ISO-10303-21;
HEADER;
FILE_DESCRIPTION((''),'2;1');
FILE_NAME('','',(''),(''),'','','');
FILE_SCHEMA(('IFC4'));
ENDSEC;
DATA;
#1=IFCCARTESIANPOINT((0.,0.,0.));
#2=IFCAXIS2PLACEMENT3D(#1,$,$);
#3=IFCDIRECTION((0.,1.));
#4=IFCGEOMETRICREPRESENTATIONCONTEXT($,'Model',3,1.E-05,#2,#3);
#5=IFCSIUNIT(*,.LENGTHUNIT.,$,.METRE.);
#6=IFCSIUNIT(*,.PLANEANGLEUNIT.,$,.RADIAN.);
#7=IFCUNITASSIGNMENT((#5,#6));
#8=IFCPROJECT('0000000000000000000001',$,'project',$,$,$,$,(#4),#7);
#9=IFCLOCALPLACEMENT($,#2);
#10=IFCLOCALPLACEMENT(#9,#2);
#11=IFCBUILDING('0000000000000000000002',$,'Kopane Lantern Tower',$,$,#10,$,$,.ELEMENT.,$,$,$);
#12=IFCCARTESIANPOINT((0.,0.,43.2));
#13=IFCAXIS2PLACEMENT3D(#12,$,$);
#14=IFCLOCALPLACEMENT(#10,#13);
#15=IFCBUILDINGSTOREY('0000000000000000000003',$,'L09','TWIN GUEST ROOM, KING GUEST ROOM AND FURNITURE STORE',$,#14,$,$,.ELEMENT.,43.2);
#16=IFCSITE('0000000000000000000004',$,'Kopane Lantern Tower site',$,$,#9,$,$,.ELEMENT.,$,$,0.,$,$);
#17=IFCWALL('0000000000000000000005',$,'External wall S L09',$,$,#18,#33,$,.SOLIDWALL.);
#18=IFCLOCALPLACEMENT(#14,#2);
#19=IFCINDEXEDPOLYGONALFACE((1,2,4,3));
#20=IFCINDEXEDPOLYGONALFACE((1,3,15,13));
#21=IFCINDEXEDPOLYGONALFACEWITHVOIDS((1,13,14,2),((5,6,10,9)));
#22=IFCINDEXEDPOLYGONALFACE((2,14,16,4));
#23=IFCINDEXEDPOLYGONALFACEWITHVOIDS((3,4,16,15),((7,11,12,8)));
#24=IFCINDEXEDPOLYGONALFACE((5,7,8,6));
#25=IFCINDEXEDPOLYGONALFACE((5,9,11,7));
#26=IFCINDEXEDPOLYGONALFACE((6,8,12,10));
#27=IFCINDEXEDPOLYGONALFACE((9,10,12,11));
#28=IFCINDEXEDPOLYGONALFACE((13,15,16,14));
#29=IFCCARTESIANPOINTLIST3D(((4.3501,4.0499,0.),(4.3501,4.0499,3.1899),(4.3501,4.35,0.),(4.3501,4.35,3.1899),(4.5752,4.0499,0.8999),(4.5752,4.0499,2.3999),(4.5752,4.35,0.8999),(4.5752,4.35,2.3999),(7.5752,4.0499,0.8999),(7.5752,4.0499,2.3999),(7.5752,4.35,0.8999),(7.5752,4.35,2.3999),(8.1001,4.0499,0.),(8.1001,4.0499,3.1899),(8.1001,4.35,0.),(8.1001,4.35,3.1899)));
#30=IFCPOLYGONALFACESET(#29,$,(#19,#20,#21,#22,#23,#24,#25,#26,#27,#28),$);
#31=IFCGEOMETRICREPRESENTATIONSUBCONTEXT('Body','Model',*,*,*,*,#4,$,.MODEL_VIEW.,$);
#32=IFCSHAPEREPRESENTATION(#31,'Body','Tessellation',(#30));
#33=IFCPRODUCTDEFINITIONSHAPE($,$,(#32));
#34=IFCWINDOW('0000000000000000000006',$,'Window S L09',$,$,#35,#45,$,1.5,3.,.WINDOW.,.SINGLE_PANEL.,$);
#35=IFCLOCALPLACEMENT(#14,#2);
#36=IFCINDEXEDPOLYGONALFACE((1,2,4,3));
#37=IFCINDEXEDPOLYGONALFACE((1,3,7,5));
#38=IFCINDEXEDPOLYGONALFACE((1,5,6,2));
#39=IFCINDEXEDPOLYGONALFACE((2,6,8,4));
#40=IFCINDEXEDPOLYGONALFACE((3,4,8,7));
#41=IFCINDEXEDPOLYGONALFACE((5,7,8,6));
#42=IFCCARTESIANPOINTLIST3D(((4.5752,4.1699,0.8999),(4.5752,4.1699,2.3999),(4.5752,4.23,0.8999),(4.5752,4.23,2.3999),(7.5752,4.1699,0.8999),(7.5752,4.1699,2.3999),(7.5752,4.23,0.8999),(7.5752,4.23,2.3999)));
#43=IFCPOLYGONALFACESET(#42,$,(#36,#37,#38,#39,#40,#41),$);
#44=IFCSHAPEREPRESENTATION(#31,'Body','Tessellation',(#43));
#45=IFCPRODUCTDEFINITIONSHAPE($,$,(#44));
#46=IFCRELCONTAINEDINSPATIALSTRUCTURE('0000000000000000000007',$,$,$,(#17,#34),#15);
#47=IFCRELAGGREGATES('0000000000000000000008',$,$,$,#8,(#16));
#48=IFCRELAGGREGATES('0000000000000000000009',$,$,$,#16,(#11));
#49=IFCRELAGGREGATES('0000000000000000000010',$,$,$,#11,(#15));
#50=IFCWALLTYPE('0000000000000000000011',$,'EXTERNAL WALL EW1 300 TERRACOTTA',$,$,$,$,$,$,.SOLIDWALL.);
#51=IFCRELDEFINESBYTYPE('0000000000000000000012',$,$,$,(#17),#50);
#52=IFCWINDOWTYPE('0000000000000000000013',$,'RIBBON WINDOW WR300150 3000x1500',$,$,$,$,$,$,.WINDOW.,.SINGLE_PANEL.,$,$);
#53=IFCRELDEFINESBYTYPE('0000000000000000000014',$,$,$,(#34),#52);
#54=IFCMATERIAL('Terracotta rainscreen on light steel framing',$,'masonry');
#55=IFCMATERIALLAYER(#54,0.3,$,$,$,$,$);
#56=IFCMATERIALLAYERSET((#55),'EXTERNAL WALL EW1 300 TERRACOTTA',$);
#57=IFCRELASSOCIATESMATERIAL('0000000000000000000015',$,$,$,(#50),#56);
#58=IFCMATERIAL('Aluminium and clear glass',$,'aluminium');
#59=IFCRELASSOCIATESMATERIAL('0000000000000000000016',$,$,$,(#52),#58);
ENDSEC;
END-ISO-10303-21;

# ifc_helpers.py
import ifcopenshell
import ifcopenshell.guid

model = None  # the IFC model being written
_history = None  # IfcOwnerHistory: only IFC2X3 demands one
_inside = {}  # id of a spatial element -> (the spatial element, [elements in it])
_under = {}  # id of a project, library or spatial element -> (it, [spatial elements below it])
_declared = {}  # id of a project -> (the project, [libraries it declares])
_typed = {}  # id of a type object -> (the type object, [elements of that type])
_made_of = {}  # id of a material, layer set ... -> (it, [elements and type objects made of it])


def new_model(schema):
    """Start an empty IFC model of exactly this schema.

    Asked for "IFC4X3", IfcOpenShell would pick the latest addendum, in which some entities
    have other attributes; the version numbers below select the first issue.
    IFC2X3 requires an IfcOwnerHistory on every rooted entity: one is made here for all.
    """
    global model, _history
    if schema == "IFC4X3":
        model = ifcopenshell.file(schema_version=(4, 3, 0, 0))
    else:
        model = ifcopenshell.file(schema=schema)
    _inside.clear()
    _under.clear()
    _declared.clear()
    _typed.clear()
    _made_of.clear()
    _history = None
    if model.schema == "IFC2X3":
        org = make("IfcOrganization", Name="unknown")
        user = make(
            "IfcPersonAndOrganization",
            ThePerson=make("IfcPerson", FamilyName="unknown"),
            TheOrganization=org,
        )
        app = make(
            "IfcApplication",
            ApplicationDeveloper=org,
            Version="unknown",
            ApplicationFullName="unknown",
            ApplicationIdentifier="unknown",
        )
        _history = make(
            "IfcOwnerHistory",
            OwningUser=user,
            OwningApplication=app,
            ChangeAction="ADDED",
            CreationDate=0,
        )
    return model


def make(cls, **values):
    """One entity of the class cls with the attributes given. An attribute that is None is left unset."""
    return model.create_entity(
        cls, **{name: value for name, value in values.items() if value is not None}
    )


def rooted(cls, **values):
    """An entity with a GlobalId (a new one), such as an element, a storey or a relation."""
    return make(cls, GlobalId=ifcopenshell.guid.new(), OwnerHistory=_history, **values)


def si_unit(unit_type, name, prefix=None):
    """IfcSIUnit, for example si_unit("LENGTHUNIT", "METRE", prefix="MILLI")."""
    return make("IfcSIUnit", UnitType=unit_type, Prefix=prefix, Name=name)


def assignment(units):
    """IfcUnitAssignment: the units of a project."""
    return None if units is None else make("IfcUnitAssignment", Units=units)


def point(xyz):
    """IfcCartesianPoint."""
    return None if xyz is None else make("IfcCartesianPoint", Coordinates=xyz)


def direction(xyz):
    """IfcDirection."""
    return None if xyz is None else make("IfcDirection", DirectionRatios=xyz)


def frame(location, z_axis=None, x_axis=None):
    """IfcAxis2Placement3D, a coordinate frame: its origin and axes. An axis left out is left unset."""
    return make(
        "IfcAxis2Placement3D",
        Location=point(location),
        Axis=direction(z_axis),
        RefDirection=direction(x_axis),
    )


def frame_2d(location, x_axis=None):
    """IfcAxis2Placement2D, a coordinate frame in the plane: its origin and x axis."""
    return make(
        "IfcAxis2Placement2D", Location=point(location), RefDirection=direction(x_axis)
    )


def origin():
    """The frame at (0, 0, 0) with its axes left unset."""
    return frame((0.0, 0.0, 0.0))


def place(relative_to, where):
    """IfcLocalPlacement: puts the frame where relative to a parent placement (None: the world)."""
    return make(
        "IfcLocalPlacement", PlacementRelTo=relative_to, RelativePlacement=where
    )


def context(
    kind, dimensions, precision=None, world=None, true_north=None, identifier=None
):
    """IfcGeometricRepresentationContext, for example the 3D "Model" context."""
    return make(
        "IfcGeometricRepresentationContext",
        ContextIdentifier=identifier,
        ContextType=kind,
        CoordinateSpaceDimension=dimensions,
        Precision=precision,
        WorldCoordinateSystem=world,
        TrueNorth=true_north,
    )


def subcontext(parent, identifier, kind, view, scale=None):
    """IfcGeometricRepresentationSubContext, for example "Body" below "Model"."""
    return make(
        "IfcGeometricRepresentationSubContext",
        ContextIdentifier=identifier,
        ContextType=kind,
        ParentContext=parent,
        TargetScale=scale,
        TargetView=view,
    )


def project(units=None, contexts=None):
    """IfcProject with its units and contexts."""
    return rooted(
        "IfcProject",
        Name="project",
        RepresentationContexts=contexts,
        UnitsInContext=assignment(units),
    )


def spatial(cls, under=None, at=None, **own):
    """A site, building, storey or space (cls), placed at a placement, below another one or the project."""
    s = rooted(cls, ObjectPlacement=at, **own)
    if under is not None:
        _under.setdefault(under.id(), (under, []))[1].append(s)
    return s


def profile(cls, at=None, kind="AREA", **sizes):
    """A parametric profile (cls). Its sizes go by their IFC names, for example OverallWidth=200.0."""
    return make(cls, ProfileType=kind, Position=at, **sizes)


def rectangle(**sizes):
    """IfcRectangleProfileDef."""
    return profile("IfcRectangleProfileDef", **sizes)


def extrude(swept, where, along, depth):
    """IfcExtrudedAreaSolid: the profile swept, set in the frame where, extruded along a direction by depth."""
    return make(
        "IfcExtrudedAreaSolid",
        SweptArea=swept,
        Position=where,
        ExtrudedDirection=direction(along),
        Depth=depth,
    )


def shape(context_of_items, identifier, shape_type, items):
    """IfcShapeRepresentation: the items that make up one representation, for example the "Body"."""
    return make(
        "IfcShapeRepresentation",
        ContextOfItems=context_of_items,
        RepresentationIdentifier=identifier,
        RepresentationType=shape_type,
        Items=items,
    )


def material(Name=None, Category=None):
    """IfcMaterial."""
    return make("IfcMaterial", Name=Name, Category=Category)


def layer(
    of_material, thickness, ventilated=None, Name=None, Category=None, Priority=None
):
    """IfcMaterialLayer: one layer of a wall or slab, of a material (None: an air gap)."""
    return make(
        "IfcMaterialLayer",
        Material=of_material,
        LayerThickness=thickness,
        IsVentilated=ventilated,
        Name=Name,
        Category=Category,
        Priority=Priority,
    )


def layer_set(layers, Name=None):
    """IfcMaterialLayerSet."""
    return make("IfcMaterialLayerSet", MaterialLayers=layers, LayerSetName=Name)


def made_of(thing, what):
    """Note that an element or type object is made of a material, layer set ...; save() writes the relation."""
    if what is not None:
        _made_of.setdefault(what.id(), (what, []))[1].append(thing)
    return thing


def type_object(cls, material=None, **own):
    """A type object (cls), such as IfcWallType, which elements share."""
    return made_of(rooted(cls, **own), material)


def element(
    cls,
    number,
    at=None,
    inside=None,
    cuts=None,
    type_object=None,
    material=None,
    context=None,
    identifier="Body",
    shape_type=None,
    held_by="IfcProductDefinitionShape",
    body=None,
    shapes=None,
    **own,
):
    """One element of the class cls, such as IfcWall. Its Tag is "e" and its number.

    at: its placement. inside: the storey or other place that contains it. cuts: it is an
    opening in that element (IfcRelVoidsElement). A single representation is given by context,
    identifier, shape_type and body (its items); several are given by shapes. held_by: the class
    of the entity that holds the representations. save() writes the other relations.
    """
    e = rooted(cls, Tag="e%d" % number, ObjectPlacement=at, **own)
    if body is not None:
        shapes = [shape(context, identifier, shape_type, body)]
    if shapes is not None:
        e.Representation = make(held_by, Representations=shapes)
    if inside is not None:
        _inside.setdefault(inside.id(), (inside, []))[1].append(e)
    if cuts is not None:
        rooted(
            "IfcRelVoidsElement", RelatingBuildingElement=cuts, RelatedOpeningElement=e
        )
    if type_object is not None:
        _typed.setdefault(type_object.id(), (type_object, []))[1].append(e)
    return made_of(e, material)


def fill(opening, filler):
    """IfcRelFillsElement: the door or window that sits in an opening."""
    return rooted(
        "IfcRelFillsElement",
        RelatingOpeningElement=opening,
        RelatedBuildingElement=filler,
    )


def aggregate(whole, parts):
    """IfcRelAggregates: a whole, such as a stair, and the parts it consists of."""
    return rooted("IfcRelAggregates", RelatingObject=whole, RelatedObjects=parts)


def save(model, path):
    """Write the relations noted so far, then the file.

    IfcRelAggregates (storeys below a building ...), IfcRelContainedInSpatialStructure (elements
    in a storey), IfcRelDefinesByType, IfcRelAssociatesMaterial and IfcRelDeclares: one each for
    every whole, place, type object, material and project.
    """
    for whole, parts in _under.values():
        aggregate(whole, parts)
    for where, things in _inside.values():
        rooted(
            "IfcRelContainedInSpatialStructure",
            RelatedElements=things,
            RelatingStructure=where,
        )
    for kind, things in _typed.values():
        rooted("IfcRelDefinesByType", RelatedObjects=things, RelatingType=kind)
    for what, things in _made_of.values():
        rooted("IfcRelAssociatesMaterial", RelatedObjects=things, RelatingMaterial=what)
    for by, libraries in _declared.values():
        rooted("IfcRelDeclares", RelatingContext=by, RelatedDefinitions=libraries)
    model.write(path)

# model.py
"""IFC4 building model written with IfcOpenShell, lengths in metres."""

from ifc_helpers import new_model, si_unit, direction, frame, frame_2d, origin, place, context, subcontext, project, spatial, rectangle, extrude, material, layer, layer_set, type_object, element, fill, save


model = new_model("IFC4")

# Units and contexts
model_context = context("Model", 3, precision=1e-05, world=origin(), true_north=direction((0.0, 1.0)))
body_context = subcontext(model_context, "Body", "Model", "MODEL_VIEW")
ifc_project = project(units=[si_unit("LENGTHUNIT", "METRE"), si_unit("PLANEANGLEUNIT", "RADIAN")], contexts=[model_context])

# Site, building, storey
site_placement = place(None, origin())
site = spatial("IfcSite", under=ifc_project, at=site_placement, Name="Kopane Lantern Tower site", CompositionType="ELEMENT", RefElevation=0.0)
building_placement = place(site_placement, origin())
building = spatial("IfcBuilding", under=site, at=building_placement, Name="Kopane Lantern Tower", CompositionType="ELEMENT")
storey_placement = place(building_placement, frame((0.0, 0.0, 43.2)))
storey = spatial("IfcBuildingStorey", under=building, at=storey_placement, Name="L09", Description="TWIN GUEST ROOM, KING GUEST ROOM AND FURNITURE STORE", CompositionType="ELEMENT", Elevation=43.2)

# Wall, opening, window
ifc_material_1 = material(Name="Terracotta rainscreen on light steel framing", Category="masonry")
ifc_layer_1 = layer(ifc_material_1, 0.3)
ifc_layer_set_1 = layer_set([ifc_layer_1], Name="EXTERNAL WALL EW1 300 TERRACOTTA")
wall_type_1 = type_object("IfcWallType", Name="EXTERNAL WALL EW1 300 TERRACOTTA", PredefinedType="SOLIDWALL", material=ifc_layer_set_1)
ifc_material_2 = material(Name="Aluminium and clear glass", Category="aluminium")
window_type = type_object("IfcWindowType", Name="RIBBON WINDOW WR300150 3000x1500", PartitioningType="SINGLE_PANEL", PredefinedType="WINDOW", material=ifc_material_2)
wall_1_placement = place(storey_placement, frame((4.3501, 4.2, 0.0), z_axis=(0.0, 0.0, 1.0), x_axis=(1.0, 0.0, 0.0)))
wall_1 = element("IfcWall", 1, at=wall_1_placement, inside=storey, type_object=wall_type_1, Name="External wall S L09", PredefinedType="SOLIDWALL", context=body_context, shape_type="SweptSolid", body=[
    extrude(rectangle(XDim=3.75, YDim=0.3, at=frame_2d((1.875, 0.0))), origin(), (0.0, 0.0, 1.0), 3.1899),
])
opening_1_placement = place(wall_1_placement, frame((0.2251, 0.0, 0.8999)))
opening_1 = element("IfcOpeningElement", 2, at=opening_1_placement, cuts=wall_1, PredefinedType="OPENING", context=body_context, shape_type="SweptSolid", body=[
    extrude(rectangle(XDim=3.0, YDim=1.5, at=frame_2d((1.5, 0.75))), frame((0.0, 0.1599, 0.0), z_axis=(0.0, -1.0, 0.0), x_axis=(1.0, 0.0, 0.0)), (0.0, 0.0, 1.0), 0.3201),
])
window_1_placement = place(opening_1_placement, origin())
window_1 = element("IfcWindow", 3, at=window_1_placement, inside=storey, type_object=window_type, Name="Window S L09", OverallHeight=1.5, OverallWidth=3.0, PartitioningType="SINGLE_PANEL", PredefinedType="WINDOW", context=body_context, shape_type="SweptSolid", body=[
    extrude(rectangle(XDim=3.0, YDim=1.5, at=frame_2d((1.5, 0.75))), frame((0.0, 0.03, 0.0), z_axis=(0.0, -1.0, 0.0), x_axis=(1.0, 0.0, 0.0)), (0.0, 0.0, 1.0), 0.0601),
])
fill(opening_1, window_1)

save(model, "model.ifc")
